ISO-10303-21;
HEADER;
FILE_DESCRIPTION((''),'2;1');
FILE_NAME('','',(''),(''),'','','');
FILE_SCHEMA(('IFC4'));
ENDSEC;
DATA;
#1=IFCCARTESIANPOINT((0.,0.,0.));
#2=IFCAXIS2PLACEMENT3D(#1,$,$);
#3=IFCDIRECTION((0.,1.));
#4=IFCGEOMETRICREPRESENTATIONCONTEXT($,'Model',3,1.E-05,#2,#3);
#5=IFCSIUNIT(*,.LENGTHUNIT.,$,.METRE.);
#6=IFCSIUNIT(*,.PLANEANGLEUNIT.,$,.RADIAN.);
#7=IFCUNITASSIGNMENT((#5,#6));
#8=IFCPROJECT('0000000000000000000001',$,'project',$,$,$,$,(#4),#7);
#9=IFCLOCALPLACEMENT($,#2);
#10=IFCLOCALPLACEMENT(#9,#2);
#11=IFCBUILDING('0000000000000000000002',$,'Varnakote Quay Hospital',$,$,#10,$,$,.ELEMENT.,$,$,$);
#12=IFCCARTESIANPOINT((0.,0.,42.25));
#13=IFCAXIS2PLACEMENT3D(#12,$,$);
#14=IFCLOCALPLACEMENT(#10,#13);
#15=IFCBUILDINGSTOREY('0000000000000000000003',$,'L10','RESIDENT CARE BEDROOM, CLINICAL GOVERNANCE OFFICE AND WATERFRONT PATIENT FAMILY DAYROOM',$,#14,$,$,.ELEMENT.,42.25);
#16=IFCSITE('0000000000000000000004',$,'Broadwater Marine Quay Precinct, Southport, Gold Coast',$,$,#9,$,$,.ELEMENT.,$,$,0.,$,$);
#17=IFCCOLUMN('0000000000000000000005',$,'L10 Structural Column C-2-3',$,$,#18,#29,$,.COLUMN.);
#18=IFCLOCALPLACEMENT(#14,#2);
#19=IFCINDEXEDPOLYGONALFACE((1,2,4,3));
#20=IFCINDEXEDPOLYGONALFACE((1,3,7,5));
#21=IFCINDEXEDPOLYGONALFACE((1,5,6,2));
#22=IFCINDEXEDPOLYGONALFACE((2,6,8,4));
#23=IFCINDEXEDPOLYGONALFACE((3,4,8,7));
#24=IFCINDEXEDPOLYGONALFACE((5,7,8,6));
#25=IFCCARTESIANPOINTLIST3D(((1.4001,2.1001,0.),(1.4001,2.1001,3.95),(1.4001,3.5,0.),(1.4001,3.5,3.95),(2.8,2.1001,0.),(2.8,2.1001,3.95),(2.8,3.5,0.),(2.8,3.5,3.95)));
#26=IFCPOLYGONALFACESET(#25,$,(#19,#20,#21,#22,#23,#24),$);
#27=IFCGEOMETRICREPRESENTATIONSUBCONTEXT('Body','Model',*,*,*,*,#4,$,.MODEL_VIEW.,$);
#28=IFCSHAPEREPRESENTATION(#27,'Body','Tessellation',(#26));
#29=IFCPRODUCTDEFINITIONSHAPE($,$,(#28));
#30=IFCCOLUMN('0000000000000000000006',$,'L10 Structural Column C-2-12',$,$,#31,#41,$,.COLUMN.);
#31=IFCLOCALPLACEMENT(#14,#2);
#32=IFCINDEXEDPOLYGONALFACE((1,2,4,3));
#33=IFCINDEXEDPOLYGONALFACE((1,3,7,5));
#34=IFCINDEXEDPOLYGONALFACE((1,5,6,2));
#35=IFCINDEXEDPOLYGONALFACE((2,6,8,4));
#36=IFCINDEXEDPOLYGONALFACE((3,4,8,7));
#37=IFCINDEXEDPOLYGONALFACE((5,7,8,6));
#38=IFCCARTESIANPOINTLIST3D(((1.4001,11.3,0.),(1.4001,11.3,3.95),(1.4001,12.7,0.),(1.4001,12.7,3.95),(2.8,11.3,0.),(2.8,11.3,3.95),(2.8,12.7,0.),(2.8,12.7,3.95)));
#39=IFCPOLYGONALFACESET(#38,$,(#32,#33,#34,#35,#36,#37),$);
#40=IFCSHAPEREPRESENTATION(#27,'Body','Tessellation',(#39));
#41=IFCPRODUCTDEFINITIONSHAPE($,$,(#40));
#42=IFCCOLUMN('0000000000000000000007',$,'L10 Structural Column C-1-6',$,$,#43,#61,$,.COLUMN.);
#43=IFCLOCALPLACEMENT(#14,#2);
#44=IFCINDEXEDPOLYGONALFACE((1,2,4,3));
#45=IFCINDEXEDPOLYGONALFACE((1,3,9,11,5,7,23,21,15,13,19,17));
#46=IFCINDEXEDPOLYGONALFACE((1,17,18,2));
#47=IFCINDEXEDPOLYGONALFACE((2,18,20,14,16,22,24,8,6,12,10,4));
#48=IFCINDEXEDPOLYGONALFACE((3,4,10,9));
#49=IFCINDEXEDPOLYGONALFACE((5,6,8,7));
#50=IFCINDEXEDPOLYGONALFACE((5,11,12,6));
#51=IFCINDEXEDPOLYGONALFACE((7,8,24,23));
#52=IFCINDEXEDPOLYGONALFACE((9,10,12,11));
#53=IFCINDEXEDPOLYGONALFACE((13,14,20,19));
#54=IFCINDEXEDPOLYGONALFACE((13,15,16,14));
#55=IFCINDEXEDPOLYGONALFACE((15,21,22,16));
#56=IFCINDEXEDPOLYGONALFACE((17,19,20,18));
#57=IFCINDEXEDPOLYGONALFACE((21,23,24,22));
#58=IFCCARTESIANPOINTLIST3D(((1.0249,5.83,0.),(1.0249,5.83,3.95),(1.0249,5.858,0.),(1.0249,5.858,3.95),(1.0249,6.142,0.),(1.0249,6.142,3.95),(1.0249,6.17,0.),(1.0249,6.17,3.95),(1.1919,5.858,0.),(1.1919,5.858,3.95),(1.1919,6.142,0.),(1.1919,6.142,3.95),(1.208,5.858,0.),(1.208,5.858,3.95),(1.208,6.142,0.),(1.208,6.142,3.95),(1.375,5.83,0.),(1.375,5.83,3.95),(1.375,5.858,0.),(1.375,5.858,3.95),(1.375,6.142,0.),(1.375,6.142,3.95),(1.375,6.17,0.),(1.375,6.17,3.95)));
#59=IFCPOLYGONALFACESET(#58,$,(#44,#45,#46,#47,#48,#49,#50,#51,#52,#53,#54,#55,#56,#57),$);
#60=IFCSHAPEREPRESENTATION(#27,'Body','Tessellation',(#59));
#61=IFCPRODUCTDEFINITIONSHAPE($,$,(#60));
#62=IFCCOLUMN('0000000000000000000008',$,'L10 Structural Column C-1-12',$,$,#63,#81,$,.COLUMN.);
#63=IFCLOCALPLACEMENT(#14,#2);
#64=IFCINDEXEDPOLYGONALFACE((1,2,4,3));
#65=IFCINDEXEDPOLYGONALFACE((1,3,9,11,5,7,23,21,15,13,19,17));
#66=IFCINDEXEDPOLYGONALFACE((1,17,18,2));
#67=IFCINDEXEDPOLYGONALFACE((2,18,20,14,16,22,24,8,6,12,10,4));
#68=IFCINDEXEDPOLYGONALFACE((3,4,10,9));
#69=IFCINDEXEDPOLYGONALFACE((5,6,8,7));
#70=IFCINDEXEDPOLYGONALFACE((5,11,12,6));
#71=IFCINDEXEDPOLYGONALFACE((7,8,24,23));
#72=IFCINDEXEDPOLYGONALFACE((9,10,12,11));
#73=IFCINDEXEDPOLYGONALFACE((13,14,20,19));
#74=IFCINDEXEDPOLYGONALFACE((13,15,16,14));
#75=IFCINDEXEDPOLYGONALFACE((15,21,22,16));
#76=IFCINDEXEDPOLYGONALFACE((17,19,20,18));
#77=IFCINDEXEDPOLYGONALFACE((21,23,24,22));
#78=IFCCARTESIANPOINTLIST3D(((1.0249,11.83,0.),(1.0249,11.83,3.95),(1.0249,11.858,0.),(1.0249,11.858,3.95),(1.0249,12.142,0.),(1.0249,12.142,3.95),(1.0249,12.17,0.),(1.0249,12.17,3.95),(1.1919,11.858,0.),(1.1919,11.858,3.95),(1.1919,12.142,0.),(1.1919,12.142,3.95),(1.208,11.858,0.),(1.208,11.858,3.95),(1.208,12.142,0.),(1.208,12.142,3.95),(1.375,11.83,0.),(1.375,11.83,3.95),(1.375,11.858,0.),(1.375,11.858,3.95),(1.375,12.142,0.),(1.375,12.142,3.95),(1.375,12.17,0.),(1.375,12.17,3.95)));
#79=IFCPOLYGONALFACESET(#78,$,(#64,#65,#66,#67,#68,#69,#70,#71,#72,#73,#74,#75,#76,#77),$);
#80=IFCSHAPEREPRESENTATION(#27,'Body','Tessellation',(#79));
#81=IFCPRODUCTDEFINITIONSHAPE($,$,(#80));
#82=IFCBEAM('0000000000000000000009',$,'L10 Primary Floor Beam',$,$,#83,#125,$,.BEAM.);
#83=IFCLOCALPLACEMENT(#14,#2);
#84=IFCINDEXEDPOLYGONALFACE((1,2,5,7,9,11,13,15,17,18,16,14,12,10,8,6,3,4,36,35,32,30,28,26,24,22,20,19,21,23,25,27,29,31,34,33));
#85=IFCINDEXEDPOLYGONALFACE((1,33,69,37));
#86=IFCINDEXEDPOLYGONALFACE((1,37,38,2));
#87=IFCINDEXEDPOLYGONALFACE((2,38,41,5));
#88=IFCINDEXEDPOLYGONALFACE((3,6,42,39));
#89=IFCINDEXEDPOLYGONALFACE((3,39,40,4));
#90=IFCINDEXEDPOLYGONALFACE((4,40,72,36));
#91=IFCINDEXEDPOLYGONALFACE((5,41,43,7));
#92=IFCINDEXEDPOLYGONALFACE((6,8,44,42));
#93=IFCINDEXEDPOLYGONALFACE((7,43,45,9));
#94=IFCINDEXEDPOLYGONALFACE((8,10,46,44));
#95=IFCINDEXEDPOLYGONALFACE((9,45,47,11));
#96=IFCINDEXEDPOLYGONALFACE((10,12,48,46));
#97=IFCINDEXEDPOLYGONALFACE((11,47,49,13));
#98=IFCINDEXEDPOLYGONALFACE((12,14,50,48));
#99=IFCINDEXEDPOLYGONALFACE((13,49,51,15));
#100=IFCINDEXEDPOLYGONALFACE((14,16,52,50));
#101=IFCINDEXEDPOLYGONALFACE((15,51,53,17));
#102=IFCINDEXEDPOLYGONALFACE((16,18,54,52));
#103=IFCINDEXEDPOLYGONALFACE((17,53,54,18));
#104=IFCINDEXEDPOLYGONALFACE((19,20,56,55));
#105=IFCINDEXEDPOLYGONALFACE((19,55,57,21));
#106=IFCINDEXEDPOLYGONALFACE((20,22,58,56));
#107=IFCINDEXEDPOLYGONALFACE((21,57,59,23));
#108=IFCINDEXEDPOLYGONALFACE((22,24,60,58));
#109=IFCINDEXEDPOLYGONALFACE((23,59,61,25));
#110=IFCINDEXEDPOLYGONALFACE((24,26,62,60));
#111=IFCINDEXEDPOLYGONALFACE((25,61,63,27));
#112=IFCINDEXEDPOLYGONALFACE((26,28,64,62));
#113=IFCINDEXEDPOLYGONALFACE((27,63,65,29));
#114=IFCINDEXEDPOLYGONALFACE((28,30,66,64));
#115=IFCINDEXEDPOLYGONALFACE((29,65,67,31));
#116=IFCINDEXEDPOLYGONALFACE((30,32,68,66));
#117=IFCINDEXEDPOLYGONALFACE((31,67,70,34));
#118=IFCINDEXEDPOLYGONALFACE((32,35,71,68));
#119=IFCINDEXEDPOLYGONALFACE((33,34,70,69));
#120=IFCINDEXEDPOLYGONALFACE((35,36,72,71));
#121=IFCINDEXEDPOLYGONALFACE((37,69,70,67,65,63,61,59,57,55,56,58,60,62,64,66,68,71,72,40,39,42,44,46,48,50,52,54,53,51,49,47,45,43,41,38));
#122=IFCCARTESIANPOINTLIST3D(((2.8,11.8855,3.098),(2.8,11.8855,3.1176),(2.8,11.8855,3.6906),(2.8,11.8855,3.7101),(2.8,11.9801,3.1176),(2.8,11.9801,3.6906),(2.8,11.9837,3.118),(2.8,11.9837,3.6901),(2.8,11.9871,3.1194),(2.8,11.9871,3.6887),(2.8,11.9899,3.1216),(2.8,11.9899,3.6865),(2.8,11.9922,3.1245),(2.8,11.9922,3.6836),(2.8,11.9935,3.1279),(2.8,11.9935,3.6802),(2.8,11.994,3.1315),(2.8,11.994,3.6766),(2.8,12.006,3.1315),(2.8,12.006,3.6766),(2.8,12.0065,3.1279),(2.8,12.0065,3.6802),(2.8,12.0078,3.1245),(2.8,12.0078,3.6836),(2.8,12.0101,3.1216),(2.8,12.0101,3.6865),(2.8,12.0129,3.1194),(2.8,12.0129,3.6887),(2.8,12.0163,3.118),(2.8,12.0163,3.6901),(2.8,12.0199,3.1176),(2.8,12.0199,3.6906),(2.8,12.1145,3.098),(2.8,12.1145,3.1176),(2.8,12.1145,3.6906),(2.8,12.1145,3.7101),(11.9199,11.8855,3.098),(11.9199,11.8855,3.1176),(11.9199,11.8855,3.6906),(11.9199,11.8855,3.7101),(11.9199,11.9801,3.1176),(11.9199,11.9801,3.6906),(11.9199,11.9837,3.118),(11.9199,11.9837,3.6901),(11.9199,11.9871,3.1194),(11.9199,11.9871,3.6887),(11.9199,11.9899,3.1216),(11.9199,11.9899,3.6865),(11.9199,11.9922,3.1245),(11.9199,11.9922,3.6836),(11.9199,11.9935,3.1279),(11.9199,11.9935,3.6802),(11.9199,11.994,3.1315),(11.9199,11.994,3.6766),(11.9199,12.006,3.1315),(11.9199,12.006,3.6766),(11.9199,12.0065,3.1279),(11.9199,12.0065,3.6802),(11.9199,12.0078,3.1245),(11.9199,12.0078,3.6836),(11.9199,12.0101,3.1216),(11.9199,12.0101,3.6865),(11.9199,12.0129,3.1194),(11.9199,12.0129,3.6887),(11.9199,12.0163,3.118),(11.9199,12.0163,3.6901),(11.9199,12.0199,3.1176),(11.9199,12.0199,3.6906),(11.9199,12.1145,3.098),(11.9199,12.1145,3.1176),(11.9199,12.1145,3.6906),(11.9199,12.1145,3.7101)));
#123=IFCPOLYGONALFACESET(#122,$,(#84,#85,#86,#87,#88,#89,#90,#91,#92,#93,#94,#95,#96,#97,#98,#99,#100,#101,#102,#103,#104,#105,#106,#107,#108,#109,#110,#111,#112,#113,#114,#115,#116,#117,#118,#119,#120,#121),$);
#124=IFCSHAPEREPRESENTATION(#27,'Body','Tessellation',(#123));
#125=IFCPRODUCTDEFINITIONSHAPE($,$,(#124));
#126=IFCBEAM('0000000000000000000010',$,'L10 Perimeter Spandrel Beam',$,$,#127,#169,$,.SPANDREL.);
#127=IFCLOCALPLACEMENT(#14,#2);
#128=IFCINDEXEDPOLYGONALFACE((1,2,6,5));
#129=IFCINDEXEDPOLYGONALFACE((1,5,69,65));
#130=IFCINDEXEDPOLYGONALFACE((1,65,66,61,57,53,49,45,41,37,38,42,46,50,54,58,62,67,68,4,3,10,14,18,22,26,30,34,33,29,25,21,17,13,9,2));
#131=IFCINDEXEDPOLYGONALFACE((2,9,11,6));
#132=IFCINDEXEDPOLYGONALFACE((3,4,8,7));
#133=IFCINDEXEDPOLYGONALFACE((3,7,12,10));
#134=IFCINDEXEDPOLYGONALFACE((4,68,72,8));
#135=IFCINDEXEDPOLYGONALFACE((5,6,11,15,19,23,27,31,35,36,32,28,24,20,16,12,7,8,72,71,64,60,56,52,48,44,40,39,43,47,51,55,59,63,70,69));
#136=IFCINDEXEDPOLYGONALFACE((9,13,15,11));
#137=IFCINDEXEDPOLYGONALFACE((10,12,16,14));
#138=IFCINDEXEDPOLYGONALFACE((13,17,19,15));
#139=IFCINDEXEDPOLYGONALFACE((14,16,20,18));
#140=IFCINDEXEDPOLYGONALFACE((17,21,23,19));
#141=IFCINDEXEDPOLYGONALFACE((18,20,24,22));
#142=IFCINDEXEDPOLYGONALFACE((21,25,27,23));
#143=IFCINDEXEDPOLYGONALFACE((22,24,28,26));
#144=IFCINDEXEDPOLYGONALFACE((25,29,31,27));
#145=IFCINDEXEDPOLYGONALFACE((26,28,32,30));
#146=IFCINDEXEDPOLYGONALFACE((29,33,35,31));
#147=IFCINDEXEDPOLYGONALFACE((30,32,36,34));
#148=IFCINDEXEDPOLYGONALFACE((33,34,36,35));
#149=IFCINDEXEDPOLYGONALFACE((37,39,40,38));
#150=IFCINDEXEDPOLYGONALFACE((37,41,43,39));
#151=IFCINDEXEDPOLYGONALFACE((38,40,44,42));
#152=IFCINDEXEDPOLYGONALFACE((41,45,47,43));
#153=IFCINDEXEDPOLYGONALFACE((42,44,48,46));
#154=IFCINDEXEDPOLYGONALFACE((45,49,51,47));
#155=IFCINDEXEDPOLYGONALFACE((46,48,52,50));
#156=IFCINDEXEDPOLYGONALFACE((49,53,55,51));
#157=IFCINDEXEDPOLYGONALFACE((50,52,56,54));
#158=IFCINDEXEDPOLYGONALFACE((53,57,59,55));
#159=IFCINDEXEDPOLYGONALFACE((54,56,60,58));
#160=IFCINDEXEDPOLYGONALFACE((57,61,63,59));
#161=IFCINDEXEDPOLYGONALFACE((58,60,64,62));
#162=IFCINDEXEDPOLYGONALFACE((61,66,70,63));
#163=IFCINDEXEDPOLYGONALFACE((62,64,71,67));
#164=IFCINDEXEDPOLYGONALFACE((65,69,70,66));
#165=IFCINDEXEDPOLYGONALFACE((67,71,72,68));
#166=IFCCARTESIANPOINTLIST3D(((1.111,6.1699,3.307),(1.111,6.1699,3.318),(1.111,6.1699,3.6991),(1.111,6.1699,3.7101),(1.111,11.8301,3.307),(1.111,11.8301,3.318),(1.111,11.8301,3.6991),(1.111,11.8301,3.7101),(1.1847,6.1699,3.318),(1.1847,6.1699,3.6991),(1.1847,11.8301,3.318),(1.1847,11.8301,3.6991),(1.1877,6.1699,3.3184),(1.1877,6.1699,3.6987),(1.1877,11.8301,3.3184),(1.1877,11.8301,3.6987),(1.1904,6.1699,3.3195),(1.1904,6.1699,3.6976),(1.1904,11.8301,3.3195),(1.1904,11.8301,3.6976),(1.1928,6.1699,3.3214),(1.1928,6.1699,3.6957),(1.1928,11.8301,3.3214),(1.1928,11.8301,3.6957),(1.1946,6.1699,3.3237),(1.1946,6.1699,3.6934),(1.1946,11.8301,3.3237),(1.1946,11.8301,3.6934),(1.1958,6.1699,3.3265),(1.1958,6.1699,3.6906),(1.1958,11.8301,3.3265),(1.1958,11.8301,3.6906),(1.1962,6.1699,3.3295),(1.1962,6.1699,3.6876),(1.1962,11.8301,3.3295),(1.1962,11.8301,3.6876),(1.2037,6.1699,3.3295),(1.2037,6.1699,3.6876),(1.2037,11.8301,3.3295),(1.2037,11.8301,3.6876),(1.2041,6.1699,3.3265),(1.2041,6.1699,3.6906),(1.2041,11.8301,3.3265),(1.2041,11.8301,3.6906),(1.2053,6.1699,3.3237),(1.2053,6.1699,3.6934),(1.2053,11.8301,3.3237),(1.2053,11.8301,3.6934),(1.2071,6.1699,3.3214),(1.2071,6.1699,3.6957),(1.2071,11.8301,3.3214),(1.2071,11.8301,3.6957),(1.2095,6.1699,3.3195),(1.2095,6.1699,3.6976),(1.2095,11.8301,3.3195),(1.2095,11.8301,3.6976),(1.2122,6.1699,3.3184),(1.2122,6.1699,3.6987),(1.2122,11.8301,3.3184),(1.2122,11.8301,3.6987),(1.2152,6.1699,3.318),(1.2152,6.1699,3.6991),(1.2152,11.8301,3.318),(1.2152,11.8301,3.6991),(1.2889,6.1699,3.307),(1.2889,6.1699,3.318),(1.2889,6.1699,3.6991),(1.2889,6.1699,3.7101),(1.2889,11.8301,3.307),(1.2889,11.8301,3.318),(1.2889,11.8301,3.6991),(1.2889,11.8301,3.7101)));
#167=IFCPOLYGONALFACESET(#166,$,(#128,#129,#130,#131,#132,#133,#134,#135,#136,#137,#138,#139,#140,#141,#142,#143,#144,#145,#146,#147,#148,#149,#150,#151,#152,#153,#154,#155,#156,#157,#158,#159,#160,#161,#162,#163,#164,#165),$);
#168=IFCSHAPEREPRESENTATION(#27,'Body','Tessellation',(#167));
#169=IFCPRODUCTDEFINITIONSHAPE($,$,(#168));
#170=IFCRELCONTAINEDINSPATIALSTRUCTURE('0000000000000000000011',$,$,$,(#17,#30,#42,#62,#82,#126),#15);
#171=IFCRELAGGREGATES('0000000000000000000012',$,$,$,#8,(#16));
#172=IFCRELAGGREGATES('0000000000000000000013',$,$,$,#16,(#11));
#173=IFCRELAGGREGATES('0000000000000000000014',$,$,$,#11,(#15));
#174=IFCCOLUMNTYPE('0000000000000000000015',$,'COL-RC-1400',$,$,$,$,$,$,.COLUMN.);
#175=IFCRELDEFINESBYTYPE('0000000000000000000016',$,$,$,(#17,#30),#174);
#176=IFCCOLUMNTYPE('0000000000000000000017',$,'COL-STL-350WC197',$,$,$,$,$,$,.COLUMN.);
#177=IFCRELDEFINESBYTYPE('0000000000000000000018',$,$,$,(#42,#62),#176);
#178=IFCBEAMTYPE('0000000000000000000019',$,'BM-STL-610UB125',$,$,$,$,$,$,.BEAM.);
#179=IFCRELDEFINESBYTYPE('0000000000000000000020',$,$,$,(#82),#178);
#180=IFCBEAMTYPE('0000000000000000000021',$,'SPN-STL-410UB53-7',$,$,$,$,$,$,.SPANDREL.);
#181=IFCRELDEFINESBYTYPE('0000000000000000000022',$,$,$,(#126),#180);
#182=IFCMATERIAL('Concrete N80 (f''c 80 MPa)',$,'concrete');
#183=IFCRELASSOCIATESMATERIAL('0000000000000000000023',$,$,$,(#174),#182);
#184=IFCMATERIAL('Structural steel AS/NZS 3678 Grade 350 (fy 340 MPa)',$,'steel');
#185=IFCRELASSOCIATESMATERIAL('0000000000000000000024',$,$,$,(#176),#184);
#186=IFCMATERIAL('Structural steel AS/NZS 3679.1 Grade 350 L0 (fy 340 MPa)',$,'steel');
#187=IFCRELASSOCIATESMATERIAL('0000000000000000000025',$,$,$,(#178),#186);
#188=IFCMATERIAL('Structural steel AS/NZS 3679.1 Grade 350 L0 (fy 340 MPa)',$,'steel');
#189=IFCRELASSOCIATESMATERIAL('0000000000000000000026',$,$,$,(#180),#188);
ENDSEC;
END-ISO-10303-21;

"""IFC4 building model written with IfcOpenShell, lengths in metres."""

from ifc_helpers import new_model, si_unit, direction, frame, origin, origin_2d, place, context, subcontext, project, spatial, rectangle, i_section, extrude, material, material_profile, profile_set, type_object, element, save


model = new_model("IFC4")

# Units and contexts
model_context = context("Model", 3, precision=1e-05, world=origin(), true_north=direction((0.0, 1.0)))
body_context = subcontext(model_context, "Body", "Model", "MODEL_VIEW")
ifc_project = project(units=[si_unit("LENGTHUNIT", "METRE"), si_unit("PLANEANGLEUNIT", "RADIAN")], contexts=[model_context])

# Site, building, storey
site_placement = place(None, origin())
site = spatial("IfcSite", under=ifc_project, at=site_placement, Name="Broadwater Marine Quay Precinct, Southport, Gold Coast", CompositionType="ELEMENT", RefElevation=0.0)
building_placement = place(site_placement, origin())
building = spatial("IfcBuilding", under=site, at=building_placement, Name="Varnakote Quay Hospital", CompositionType="ELEMENT")
storey_placement = place(building_placement, frame((0.0, 0.0, 42.25)))
storey = spatial("IfcBuildingStorey", under=building, at=storey_placement, Name="L10", Description="RESIDENT CARE BEDROOM, CLINICAL GOVERNANCE OFFICE AND WATERFRONT PATIENT FAMILY DAYROOM", CompositionType="ELEMENT", Elevation=42.25)

# Columns
ifc_material_1 = material(Name="Concrete N80 (f'c 80 MPa)", Category="concrete")
ifc_material_profile_1 = material_profile(ifc_material_1, rectangle(XDim=1.3999, YDim=1.3999, at=origin_2d()), Name="RC-COL-1400x1400")
ifc_profile_set_1 = profile_set([ifc_material_profile_1], Name="Concrete N80 (f'c 80 MPa)")
column_type_1 = type_object("IfcColumnType", Name="COL-RC-1400", PredefinedType="COLUMN", material=ifc_profile_set_1)
for number, where, z_axis, x_axis, name in (
    (1, (2.1001, 2.8, 0.0), (0.0, 0.0, 1.0), (1.0, 0.0, 0.0), "L10 Structural Column C-2-3"),
    (2, (2.1001, 12.0, 0.0), (0.0, 0.0, 1.0), (1.0, 0.0, 0.0), "L10 Structural Column C-2-12"),
):
    element("IfcColumn", number, at=place(storey_placement, frame(where, z_axis=z_axis, x_axis=x_axis)), inside=storey, type_object=column_type_1, Name=name, PredefinedType="COLUMN", context=body_context, shape_type="SweptSolid", body=[
        extrude(rectangle(XDim=1.3999, YDim=1.3999, at=origin_2d()), origin(), (0.0, 0.0, 1.0), 3.95),
    ])
ifc_material_2 = material(Name="Structural steel AS/NZS 3678 Grade 350 (fy 340 MPa)", Category="steel")
ifc_material_profile_2 = material_profile(ifc_material_2, i_section(OverallWidth=0.3501, OverallDepth=0.3401, WebThickness=0.0161, FlangeThickness=0.0281, at=origin_2d()), Name="350WC197")
ifc_profile_set_2 = profile_set([ifc_material_profile_2], Name="Structural steel AS/NZS 3678 Grade 350 (fy 340 MPa)")
column_type_2 = type_object("IfcColumnType", Name="COL-STL-350WC197", PredefinedType="COLUMN", material=ifc_profile_set_2)
for number, where, z_axis, x_axis, name in (
    (3, (1.2, 6.0, 0.0), (0.0, 0.0, 1.0), (1.0, 0.0, 0.0), "L10 Structural Column C-1-6"),
    (4, (1.2, 12.0, 0.0), (0.0, 0.0, 1.0), (1.0, 0.0, 0.0), "L10 Structural Column C-1-12"),
):
    element("IfcColumn", number, at=place(storey_placement, frame(where, z_axis=z_axis, x_axis=x_axis)), inside=storey, type_object=column_type_2, Name=name, PredefinedType="COLUMN", context=body_context, shape_type="SweptSolid", body=[
        extrude(i_section(OverallWidth=0.3501, OverallDepth=0.3401, WebThickness=0.0161, FlangeThickness=0.0281, at=origin_2d()), origin(), (0.0, 0.0, 1.0), 3.95),
    ])

# Beams
ifc_material_3 = material(Name="Structural steel AS/NZS 3679.1 Grade 350 L0 (fy 340 MPa)", Category="steel")
ifc_material_profile_3 = material_profile(ifc_material_3, i_section(OverallWidth=0.229, OverallDepth=0.6121, WebThickness=0.012, FlangeThickness=0.0195, FilletRadius=0.0139, at=origin_2d()), Name="610UB125")
ifc_profile_set_3 = profile_set([ifc_material_profile_3], Name="Structural steel AS/NZS 3679.1 Grade 350 L0 (fy 340 MPa)")
beam_type_1 = type_object("IfcBeamType", Name="BM-STL-610UB125", PredefinedType="BEAM", material=ifc_profile_set_3)
beam_1_placement = place(storey_placement, frame((2.8, 12.0, 3.4041), z_axis=(1.0, 0.0, 0.0), x_axis=(0.0, 1.0, 0.0)))
element("IfcBeam", 5, at=beam_1_placement, inside=storey, type_object=beam_type_1, Name="L10 Primary Floor Beam", PredefinedType="BEAM", context=body_context, shape_type="SweptSolid", body=[
    extrude(i_section(OverallWidth=0.229, OverallDepth=0.6121, WebThickness=0.012, FlangeThickness=0.0195, FilletRadius=0.0139, at=origin_2d()), origin(), (0.0, 0.0, 1.0), 9.1199),
])
ifc_material_4 = material(Name="Structural steel AS/NZS 3679.1 Grade 350 L0 (fy 340 MPa)", Category="steel")
ifc_material_profile_4 = material_profile(ifc_material_4, i_section(OverallWidth=0.178, OverallDepth=0.4031, WebThickness=0.0076, FlangeThickness=0.011, FilletRadius=0.0115, at=origin_2d()), Name="410UB53.7")
ifc_profile_set_4 = profile_set([ifc_material_profile_4], Name="Structural steel AS/NZS 3679.1 Grade 350 L0 (fy 340 MPa)")
beam_type_2 = type_object("IfcBeamType", Name="SPN-STL-410UB53-7", PredefinedType="SPANDREL", material=ifc_profile_set_4)
beam_2_placement = place(storey_placement, frame((1.2, 6.1699, 3.5085), z_axis=(0.0, 1.0, 0.0), x_axis=(-1.0, 0.0, 0.0)))
element("IfcBeam", 6, at=beam_2_placement, inside=storey, type_object=beam_type_2, Name="L10 Perimeter Spandrel Beam", PredefinedType="SPANDREL", context=body_context, shape_type="SweptSolid", body=[
    extrude(i_section(OverallWidth=0.178, OverallDepth=0.4031, WebThickness=0.0076, FlangeThickness=0.011, FilletRadius=0.0115, at=origin_2d()), origin(), (0.0, 0.0, 1.0), 5.6602),
])

save(model, "model.ifc")
